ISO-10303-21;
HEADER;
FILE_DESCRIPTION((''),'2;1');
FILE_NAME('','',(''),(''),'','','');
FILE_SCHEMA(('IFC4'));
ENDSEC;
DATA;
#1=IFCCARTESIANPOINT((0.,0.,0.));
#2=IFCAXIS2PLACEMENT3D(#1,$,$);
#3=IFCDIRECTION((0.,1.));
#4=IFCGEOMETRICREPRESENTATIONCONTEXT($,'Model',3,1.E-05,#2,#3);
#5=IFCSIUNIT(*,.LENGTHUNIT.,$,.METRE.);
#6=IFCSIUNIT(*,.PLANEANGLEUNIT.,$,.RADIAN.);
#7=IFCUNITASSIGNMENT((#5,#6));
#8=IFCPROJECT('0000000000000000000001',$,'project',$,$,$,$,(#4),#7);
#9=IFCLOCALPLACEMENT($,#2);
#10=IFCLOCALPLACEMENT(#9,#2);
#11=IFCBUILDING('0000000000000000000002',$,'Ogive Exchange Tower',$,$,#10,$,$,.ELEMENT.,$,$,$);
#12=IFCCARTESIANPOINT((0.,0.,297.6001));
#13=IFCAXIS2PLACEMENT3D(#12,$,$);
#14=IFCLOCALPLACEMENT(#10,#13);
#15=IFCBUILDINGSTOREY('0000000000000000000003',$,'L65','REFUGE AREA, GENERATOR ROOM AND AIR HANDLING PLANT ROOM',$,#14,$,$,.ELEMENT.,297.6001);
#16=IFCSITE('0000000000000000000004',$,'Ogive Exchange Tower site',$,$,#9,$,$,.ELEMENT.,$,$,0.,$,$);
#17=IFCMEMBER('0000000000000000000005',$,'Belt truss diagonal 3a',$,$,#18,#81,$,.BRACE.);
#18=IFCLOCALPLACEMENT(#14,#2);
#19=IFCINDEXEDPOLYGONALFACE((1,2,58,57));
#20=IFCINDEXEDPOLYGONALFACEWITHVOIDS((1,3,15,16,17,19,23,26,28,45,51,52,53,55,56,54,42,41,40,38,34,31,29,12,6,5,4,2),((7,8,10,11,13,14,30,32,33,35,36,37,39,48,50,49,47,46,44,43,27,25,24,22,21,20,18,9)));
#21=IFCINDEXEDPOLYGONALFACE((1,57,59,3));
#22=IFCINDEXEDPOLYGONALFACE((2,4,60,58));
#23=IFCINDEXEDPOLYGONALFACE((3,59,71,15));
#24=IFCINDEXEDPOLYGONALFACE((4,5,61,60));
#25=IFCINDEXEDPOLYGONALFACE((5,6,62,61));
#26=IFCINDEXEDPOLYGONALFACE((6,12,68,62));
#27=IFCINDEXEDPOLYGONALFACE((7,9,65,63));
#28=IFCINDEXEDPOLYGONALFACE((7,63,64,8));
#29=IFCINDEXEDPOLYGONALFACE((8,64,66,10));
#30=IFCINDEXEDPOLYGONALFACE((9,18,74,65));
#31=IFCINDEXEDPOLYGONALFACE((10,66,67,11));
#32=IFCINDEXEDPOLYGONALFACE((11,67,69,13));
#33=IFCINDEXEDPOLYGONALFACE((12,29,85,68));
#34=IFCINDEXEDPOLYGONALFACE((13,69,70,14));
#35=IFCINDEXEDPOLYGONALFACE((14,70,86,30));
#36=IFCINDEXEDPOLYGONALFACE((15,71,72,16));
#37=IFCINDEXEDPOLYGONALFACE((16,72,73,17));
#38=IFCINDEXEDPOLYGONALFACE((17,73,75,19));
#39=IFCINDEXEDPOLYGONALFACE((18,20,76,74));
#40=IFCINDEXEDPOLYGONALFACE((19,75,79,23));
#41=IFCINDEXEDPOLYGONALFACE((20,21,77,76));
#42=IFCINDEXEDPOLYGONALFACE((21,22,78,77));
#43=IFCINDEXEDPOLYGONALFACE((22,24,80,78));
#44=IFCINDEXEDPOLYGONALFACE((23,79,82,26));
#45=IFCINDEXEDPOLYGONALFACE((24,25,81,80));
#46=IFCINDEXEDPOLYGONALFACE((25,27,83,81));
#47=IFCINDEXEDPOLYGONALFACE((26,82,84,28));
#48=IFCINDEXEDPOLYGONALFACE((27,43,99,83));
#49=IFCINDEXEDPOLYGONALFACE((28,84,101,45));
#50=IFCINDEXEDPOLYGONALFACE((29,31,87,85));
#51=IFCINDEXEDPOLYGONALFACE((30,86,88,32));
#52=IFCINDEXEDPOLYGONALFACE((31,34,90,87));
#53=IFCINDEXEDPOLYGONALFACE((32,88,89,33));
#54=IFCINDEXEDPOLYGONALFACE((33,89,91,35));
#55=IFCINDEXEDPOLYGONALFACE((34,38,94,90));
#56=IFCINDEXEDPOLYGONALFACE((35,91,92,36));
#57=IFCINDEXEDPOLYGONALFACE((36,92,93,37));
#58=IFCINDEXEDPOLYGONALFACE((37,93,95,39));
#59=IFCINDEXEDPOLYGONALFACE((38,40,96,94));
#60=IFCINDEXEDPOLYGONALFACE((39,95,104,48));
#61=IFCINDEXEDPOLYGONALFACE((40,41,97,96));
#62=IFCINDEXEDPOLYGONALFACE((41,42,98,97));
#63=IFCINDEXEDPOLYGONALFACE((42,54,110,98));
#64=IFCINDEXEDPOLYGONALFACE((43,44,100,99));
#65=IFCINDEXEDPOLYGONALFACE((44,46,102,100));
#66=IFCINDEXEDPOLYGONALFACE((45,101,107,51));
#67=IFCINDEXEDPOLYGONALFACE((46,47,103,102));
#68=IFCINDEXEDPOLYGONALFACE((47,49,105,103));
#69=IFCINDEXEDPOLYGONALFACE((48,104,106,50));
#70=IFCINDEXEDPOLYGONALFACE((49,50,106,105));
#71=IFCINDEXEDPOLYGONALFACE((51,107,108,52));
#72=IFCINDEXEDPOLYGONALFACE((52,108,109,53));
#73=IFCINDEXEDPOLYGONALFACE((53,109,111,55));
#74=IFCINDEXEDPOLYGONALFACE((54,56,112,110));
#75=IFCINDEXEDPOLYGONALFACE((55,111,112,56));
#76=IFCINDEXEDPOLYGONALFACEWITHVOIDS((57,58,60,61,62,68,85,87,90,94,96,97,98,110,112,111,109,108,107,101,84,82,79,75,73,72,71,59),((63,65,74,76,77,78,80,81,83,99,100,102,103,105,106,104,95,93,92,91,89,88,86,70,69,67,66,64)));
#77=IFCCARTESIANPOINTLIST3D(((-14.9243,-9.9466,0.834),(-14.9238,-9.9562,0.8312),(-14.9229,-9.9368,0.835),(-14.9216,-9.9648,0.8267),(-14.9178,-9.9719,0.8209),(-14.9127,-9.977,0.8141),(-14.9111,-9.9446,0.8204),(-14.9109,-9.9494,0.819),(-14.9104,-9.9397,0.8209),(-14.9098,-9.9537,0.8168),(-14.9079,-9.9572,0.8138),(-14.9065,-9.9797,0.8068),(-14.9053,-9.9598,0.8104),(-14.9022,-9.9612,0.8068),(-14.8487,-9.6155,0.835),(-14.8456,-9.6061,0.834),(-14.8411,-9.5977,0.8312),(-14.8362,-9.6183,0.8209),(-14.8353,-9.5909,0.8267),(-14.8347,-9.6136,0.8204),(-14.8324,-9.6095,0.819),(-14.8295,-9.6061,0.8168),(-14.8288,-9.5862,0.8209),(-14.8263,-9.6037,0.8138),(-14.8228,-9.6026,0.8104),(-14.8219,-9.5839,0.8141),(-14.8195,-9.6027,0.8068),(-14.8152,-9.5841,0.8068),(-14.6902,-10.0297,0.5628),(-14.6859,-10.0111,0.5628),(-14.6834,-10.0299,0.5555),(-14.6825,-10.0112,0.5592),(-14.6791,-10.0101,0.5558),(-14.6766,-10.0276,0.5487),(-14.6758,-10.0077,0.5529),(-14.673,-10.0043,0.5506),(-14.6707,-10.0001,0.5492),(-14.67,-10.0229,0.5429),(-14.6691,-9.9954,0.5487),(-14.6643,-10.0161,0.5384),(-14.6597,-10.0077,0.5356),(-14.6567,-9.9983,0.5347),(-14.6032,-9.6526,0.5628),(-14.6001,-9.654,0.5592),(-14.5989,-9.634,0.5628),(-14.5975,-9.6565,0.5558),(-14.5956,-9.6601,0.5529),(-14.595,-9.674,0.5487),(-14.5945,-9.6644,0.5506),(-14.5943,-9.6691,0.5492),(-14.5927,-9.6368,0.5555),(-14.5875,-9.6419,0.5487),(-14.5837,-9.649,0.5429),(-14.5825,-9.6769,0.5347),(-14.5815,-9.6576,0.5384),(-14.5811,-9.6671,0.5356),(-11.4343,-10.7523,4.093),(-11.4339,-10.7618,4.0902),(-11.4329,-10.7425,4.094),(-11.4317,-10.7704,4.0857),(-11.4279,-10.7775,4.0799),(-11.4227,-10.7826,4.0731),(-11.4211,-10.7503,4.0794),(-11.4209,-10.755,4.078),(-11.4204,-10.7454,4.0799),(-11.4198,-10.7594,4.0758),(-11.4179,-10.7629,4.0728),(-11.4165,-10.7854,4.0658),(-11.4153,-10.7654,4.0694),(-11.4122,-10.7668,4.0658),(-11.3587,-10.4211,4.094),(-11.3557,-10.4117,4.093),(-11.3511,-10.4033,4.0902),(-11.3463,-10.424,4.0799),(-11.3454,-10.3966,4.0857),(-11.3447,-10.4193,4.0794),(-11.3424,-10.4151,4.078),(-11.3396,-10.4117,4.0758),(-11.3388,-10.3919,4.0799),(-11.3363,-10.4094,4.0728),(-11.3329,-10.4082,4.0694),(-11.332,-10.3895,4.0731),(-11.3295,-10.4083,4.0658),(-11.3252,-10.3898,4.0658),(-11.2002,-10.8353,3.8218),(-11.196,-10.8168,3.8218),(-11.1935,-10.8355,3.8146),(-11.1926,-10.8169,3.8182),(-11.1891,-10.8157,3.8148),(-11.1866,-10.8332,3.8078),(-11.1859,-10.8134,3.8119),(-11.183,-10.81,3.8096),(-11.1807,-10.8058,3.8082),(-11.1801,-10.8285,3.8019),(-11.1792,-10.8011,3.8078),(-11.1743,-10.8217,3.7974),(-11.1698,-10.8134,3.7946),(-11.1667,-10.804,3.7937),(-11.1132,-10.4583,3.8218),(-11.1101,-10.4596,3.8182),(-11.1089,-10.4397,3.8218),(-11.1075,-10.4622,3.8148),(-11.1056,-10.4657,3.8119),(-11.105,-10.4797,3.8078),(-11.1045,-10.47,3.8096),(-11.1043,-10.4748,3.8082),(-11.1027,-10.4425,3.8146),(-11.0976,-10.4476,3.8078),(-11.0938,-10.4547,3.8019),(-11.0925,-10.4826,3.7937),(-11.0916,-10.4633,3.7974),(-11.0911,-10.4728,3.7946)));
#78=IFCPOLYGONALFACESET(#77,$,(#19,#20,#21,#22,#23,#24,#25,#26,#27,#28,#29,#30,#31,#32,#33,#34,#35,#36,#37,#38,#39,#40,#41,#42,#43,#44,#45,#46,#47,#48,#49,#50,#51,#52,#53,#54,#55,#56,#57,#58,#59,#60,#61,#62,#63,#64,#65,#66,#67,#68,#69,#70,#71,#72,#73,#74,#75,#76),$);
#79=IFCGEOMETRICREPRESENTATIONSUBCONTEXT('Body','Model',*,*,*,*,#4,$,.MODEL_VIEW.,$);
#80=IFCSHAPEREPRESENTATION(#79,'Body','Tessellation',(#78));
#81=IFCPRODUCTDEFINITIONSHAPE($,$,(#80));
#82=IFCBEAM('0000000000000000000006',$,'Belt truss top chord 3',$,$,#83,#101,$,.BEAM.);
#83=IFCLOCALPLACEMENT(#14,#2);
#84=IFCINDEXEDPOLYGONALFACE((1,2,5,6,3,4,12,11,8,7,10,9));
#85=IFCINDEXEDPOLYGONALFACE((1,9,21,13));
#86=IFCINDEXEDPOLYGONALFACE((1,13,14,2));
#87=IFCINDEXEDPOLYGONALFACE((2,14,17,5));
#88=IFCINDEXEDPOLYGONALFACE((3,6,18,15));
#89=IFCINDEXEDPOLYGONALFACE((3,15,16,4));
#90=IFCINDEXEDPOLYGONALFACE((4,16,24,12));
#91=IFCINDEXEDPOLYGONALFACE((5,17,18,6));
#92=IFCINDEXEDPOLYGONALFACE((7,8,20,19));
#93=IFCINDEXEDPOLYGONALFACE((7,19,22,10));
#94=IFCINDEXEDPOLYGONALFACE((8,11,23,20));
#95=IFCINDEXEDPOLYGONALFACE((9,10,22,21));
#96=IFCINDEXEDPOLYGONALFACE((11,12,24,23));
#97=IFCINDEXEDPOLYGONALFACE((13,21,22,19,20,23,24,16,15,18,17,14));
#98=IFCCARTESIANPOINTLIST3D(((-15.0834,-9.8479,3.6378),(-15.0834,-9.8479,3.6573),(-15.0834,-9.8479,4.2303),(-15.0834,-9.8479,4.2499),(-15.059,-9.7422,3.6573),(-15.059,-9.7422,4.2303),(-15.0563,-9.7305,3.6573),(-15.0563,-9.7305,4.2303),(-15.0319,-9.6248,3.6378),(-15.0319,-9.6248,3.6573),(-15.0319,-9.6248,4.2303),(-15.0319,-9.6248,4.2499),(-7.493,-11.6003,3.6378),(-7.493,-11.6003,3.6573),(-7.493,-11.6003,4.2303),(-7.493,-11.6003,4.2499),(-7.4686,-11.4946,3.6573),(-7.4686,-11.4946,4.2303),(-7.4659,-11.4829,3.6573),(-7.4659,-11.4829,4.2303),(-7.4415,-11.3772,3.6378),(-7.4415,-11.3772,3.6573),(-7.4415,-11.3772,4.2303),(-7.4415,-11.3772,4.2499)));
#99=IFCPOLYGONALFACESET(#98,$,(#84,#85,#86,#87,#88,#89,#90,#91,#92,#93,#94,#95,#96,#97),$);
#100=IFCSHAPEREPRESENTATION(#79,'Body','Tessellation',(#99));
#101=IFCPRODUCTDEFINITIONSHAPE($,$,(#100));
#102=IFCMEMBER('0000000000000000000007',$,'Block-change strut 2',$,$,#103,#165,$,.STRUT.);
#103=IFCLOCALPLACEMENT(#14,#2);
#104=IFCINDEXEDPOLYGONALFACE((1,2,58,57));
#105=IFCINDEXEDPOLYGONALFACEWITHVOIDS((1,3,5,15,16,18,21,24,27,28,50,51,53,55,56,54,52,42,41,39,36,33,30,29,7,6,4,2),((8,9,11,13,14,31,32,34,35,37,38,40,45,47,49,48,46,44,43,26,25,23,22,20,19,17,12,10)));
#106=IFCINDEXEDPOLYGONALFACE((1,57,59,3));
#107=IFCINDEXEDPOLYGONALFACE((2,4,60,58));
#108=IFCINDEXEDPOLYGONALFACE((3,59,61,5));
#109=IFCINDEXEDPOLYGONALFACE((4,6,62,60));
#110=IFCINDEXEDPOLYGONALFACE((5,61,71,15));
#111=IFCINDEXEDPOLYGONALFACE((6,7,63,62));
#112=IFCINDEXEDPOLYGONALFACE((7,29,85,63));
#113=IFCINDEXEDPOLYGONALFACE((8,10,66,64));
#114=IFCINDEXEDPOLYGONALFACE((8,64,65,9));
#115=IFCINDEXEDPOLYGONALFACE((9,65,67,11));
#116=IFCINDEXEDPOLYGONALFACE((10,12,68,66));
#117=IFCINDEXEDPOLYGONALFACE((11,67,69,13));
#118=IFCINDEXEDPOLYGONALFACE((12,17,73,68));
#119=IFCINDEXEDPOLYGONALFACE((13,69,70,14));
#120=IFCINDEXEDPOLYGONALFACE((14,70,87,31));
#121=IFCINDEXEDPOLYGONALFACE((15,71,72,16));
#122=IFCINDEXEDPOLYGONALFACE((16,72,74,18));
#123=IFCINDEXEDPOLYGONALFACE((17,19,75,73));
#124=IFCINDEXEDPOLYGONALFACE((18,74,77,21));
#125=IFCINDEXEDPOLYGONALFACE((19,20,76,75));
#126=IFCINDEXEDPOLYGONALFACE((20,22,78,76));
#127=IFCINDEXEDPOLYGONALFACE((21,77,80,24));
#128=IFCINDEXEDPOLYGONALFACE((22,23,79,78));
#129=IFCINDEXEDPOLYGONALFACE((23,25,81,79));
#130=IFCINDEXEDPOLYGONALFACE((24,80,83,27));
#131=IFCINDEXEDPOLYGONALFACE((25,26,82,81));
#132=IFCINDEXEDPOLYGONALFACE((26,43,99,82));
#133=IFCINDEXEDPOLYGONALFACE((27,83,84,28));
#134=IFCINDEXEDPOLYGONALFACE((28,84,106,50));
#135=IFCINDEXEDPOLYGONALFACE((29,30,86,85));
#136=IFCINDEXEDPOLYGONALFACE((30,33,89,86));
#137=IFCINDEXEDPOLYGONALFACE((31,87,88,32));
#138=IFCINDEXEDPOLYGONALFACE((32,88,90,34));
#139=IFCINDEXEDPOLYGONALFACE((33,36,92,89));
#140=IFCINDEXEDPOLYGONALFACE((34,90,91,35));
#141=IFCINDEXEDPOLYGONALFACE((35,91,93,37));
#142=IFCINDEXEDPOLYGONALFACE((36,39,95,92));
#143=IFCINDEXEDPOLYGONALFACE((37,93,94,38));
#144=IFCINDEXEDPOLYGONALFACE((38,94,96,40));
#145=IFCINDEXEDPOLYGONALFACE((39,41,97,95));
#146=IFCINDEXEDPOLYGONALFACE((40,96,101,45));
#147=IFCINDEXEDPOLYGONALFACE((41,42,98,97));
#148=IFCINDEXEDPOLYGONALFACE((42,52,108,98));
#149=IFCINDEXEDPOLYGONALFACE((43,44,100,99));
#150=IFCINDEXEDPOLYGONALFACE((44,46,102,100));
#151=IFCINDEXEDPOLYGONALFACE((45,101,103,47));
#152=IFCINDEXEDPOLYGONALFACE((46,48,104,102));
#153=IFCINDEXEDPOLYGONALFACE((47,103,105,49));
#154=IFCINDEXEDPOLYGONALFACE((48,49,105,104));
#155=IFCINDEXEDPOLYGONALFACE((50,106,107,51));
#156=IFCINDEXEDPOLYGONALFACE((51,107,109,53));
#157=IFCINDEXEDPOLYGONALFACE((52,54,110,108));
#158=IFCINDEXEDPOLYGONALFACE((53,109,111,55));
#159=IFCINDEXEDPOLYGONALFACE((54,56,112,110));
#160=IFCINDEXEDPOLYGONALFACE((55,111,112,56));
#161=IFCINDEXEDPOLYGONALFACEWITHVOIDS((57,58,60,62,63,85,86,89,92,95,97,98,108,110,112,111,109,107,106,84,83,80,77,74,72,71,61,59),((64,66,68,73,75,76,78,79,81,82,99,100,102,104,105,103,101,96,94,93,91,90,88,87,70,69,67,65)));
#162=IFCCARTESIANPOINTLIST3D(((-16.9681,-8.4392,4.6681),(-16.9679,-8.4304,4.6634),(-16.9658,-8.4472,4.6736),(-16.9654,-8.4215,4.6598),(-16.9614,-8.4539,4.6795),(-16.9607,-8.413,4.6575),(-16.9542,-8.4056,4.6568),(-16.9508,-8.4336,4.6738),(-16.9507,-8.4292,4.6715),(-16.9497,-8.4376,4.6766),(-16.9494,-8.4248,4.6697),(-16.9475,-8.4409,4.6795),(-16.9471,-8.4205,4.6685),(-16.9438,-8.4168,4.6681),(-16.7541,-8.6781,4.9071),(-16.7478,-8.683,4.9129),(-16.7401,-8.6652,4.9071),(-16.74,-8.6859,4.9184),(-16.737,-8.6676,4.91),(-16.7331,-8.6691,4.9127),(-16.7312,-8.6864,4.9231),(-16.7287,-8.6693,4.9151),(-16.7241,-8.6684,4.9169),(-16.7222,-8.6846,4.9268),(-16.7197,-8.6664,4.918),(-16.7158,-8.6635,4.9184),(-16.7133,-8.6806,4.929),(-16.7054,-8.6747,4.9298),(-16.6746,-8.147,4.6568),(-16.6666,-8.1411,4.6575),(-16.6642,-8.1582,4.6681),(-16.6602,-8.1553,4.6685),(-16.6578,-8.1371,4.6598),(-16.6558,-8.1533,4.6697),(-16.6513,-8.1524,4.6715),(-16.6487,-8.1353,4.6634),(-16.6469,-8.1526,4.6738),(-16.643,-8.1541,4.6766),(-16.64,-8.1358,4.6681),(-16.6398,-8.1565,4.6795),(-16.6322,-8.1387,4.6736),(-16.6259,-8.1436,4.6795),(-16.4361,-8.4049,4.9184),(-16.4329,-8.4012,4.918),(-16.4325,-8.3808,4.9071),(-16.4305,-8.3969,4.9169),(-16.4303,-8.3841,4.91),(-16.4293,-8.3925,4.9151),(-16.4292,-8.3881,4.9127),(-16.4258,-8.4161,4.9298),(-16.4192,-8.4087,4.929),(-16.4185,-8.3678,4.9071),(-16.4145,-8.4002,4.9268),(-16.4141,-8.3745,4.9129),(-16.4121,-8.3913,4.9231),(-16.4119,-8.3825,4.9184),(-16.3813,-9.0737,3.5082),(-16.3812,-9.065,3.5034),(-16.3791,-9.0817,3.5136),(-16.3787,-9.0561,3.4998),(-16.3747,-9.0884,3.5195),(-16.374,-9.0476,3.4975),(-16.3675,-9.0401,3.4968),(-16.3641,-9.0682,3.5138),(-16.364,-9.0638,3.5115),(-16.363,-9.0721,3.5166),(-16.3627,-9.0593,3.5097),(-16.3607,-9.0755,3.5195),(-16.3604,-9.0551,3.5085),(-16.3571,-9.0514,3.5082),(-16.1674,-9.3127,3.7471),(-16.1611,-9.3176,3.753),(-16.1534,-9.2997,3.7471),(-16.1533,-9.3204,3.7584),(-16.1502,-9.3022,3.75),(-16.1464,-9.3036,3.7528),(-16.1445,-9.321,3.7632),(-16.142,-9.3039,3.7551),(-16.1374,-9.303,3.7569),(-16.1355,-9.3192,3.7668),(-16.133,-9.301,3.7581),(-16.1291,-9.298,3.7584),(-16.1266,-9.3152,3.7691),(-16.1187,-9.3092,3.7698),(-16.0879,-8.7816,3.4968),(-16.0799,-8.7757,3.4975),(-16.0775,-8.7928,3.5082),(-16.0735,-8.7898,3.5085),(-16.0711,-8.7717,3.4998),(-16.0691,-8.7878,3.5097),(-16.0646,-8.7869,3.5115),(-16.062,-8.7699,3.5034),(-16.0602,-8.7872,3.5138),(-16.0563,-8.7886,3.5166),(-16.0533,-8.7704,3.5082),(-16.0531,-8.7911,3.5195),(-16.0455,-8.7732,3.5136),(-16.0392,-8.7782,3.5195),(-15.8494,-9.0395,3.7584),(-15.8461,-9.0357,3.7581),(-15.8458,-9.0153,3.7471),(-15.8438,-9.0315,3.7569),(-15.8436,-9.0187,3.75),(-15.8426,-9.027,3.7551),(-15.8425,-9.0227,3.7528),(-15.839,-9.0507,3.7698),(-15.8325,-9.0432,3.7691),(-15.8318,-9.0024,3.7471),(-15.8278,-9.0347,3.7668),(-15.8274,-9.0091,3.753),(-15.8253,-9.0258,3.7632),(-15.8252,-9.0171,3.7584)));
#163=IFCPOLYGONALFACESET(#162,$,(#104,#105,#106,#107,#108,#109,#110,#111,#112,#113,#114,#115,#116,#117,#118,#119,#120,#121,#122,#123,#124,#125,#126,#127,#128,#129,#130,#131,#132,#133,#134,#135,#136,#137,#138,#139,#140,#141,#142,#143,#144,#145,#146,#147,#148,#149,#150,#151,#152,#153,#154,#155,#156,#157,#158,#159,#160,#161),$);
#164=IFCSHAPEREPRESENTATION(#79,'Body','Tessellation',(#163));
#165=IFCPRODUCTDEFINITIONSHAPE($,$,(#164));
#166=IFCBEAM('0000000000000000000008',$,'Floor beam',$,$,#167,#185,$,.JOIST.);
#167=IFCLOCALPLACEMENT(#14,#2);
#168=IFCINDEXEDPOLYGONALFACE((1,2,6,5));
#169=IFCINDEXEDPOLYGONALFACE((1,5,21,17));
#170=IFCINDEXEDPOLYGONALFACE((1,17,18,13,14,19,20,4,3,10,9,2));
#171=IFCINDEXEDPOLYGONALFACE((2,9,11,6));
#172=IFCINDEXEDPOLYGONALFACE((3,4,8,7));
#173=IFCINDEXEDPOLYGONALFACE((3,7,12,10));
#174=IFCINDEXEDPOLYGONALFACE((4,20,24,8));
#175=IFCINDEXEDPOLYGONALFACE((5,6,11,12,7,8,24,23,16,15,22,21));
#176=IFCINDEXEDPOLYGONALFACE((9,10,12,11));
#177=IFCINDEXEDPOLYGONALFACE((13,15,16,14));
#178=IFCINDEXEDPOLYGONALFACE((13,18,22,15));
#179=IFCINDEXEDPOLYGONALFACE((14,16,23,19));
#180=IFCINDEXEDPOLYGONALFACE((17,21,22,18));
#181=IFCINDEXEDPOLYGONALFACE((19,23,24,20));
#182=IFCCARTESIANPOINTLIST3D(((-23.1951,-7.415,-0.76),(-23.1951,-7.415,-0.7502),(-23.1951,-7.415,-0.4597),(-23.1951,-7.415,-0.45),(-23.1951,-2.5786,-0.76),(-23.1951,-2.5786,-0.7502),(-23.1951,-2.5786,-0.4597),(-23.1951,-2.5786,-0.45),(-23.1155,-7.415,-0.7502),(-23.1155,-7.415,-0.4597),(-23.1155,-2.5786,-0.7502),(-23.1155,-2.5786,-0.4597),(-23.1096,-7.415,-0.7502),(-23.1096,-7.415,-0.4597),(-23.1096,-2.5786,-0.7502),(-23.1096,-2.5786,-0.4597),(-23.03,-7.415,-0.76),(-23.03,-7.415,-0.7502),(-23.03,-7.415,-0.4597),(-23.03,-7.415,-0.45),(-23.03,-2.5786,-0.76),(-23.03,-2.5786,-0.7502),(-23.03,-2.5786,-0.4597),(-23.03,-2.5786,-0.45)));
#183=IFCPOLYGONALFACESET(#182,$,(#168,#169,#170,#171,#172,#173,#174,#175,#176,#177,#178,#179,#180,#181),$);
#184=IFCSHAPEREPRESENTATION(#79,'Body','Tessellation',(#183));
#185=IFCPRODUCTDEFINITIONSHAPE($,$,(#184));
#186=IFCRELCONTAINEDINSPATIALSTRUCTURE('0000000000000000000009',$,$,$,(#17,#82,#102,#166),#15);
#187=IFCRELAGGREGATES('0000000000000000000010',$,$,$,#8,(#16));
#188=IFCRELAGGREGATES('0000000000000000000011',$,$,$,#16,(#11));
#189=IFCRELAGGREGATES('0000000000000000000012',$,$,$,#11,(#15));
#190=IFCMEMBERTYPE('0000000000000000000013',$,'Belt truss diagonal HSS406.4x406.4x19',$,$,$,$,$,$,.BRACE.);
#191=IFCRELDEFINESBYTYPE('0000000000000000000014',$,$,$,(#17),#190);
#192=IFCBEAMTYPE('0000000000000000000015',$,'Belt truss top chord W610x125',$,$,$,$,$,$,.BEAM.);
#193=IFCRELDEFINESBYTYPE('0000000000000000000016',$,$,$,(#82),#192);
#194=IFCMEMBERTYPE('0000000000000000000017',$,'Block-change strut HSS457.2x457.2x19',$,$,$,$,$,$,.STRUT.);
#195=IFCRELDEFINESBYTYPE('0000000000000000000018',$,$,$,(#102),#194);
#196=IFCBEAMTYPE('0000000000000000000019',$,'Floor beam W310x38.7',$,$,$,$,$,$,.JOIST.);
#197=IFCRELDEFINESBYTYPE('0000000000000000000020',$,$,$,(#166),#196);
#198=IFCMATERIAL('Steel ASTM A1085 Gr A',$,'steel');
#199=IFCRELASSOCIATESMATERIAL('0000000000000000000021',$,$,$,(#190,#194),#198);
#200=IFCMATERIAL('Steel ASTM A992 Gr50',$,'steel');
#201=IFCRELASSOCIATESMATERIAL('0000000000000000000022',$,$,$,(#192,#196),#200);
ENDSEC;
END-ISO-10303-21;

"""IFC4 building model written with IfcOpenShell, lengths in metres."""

from ifc_helpers import new_model, si_unit, direction, frame, origin, origin_2d, place, context, subcontext, project, spatial, hollow_rectangle, i_section, extrude, material, material_profile, profile_set, type_object, element, save


model = new_model("IFC4")

# Units and contexts
model_context = context("Model", 3, precision=1e-05, world=origin(), true_north=direction((0.0, 1.0)))
body_context = subcontext(model_context, "Body", "Model", "MODEL_VIEW")
ifc_project = project(units=[si_unit("LENGTHUNIT", "METRE"), si_unit("PLANEANGLEUNIT", "RADIAN")], contexts=[model_context])

# Site, building, storey
site_placement = place(None, origin())
site = spatial("IfcSite", under=ifc_project, at=site_placement, Name="Ogive Exchange Tower site", CompositionType="ELEMENT", RefElevation=0.0)
building_placement = place(site_placement, origin())
building = spatial("IfcBuilding", under=site, at=building_placement, Name="Ogive Exchange Tower", CompositionType="ELEMENT")
storey_placement = place(building_placement, frame((0.0, 0.0, 297.6001)))
storey = spatial("IfcBuildingStorey", under=building, at=storey_placement, Name="L65", Description="REFUGE AREA, GENERATOR ROOM AND AIR HANDLING PLANT ROOM", CompositionType="ELEMENT", Elevation=297.6001)

# Shared definitions
ifc_material_1 = material(Name="Steel ASTM A992 Gr50", Category="steel")

# Member
ifc_material_2 = material(Name="Steel ASTM A1085 Gr A", Category="steel")
ifc_material_profile_1 = material_profile(ifc_material_2, hollow_rectangle(XDim=0.406, YDim=0.406, WallThickness=0.019, InnerFilletRadius=0.019, OuterFilletRadius=0.0381, at=origin_2d()), Name="HSS406.4x406.4x19")
ifc_profile_set_1 = profile_set([ifc_material_profile_1], Name="Steel ASTM A1085 Gr A")
member_type_1 = type_object("IfcMemberType", Name="Belt truss diagonal HSS406.4x406.4x19", PredefinedType="BRACE", material=ifc_profile_set_1)
member_1_placement = place(storey_placement, frame((-14.7527, -9.8069, 0.6848), z_axis=(0.720691, -0.166371, 0.672997), x_axis=(0.224934, 0.974374, 0.0)))
element("IfcMember", 1, at=member_1_placement, inside=storey, type_object=member_type_1, Name="Belt truss diagonal 3a", PredefinedType="BRACE", context=body_context, shape_type="SweptSolid", body=[
    extrude(hollow_rectangle(XDim=0.406, YDim=0.406, WallThickness=0.019, InnerFilletRadius=0.019, OuterFilletRadius=0.0381, at=origin_2d()), origin(), (0.0, 0.0, 1.0), 4.8425),
])

# Beam
ifc_material_profile_2 = material_profile(ifc_material_1, i_section(OverallWidth=0.229, OverallDepth=0.6121, WebThickness=0.012, FlangeThickness=0.0195, at=origin_2d()), Name="W610x125")
ifc_profile_set_2 = profile_set([ifc_material_profile_2], Name="Steel ASTM A992 Gr50")
beam_type_1 = type_object("IfcBeamType", Name="Belt truss top chord W610x125", PredefinedType="BEAM", material=ifc_profile_set_2)
beam_1_placement = place(storey_placement, frame((-15.0576, -9.7363, 3.9438), z_axis=(0.974368, -0.22496, 0.0), x_axis=(0.22496, 0.974368, 0.0)))
element("IfcBeam", 2, at=beam_1_placement, inside=storey, type_object=beam_type_1, Name="Belt truss top chord 3", PredefinedType="BEAM", context=body_context, shape_type="SweptSolid", body=[
    extrude(i_section(OverallWidth=0.229, OverallDepth=0.6121, WebThickness=0.012, FlangeThickness=0.0195, at=origin_2d()), origin(), (0.0, 0.0, 1.0), 7.79),
])

# Member
ifc_material_profile_3 = material_profile(ifc_material_2, hollow_rectangle(XDim=0.457, YDim=0.457, WallThickness=0.019, InnerFilletRadius=0.019, OuterFilletRadius=0.0381, at=origin_2d()), Name="HSS457.2x457.2x19")
ifc_profile_set_3 = profile_set([ifc_material_profile_3], Name="Steel ASTM A1085 Gr A")
member_type_2 = type_object("IfcMemberType", Name="Block-change strut HSS457.2x457.2x19", PredefinedType="STRUT", material=ifc_profile_set_3)
member_2_placement = place(storey_placement, frame((-16.1033, -9.0454, 3.6333), z_axis=(-0.405595, 0.438677, 0.801907), x_axis=(-0.734251, -0.678878, 0.0)))
element("IfcMember", 3, at=member_2_placement, inside=storey, type_object=member_type_2, Name="Block-change strut 2", PredefinedType="STRUT", context=body_context, shape_type="SweptSolid", body=[
    extrude(hollow_rectangle(XDim=0.457, YDim=0.457, WallThickness=0.019, InnerFilletRadius=0.019, OuterFilletRadius=0.0381, at=origin_2d()), origin(), (0.0, 0.0, 1.0), 1.4465),
])

# Beam
ifc_material_profile_4 = material_profile(ifc_material_1, i_section(OverallWidth=0.165, OverallDepth=0.3101, WebThickness=0.0059, FlangeThickness=0.0098, at=origin_2d()), Name="W310x38.7")
ifc_profile_set_4 = profile_set([ifc_material_profile_4], Name="Steel ASTM A992 Gr50")
beam_type_2 = type_object("IfcBeamType", Name="Floor beam W310x38.7", PredefinedType="JOIST", material=ifc_profile_set_4)
beam_2_placement = place(storey_placement, frame((-23.1125, -7.415, -0.605), z_axis=(0.0, 1.0, 0.0), x_axis=(-1.0, 0.0, 0.0)))
element("IfcBeam", 4, at=beam_2_placement, inside=storey, type_object=beam_type_2, Name="Floor beam", PredefinedType="JOIST", context=body_context, shape_type="SweptSolid", body=[
    extrude(i_section(OverallWidth=0.165, OverallDepth=0.3101, WebThickness=0.0059, FlangeThickness=0.0098, at=origin_2d()), origin(), (0.0, 0.0, 1.0), 4.8364),
])

save(model, "model.ifc")
